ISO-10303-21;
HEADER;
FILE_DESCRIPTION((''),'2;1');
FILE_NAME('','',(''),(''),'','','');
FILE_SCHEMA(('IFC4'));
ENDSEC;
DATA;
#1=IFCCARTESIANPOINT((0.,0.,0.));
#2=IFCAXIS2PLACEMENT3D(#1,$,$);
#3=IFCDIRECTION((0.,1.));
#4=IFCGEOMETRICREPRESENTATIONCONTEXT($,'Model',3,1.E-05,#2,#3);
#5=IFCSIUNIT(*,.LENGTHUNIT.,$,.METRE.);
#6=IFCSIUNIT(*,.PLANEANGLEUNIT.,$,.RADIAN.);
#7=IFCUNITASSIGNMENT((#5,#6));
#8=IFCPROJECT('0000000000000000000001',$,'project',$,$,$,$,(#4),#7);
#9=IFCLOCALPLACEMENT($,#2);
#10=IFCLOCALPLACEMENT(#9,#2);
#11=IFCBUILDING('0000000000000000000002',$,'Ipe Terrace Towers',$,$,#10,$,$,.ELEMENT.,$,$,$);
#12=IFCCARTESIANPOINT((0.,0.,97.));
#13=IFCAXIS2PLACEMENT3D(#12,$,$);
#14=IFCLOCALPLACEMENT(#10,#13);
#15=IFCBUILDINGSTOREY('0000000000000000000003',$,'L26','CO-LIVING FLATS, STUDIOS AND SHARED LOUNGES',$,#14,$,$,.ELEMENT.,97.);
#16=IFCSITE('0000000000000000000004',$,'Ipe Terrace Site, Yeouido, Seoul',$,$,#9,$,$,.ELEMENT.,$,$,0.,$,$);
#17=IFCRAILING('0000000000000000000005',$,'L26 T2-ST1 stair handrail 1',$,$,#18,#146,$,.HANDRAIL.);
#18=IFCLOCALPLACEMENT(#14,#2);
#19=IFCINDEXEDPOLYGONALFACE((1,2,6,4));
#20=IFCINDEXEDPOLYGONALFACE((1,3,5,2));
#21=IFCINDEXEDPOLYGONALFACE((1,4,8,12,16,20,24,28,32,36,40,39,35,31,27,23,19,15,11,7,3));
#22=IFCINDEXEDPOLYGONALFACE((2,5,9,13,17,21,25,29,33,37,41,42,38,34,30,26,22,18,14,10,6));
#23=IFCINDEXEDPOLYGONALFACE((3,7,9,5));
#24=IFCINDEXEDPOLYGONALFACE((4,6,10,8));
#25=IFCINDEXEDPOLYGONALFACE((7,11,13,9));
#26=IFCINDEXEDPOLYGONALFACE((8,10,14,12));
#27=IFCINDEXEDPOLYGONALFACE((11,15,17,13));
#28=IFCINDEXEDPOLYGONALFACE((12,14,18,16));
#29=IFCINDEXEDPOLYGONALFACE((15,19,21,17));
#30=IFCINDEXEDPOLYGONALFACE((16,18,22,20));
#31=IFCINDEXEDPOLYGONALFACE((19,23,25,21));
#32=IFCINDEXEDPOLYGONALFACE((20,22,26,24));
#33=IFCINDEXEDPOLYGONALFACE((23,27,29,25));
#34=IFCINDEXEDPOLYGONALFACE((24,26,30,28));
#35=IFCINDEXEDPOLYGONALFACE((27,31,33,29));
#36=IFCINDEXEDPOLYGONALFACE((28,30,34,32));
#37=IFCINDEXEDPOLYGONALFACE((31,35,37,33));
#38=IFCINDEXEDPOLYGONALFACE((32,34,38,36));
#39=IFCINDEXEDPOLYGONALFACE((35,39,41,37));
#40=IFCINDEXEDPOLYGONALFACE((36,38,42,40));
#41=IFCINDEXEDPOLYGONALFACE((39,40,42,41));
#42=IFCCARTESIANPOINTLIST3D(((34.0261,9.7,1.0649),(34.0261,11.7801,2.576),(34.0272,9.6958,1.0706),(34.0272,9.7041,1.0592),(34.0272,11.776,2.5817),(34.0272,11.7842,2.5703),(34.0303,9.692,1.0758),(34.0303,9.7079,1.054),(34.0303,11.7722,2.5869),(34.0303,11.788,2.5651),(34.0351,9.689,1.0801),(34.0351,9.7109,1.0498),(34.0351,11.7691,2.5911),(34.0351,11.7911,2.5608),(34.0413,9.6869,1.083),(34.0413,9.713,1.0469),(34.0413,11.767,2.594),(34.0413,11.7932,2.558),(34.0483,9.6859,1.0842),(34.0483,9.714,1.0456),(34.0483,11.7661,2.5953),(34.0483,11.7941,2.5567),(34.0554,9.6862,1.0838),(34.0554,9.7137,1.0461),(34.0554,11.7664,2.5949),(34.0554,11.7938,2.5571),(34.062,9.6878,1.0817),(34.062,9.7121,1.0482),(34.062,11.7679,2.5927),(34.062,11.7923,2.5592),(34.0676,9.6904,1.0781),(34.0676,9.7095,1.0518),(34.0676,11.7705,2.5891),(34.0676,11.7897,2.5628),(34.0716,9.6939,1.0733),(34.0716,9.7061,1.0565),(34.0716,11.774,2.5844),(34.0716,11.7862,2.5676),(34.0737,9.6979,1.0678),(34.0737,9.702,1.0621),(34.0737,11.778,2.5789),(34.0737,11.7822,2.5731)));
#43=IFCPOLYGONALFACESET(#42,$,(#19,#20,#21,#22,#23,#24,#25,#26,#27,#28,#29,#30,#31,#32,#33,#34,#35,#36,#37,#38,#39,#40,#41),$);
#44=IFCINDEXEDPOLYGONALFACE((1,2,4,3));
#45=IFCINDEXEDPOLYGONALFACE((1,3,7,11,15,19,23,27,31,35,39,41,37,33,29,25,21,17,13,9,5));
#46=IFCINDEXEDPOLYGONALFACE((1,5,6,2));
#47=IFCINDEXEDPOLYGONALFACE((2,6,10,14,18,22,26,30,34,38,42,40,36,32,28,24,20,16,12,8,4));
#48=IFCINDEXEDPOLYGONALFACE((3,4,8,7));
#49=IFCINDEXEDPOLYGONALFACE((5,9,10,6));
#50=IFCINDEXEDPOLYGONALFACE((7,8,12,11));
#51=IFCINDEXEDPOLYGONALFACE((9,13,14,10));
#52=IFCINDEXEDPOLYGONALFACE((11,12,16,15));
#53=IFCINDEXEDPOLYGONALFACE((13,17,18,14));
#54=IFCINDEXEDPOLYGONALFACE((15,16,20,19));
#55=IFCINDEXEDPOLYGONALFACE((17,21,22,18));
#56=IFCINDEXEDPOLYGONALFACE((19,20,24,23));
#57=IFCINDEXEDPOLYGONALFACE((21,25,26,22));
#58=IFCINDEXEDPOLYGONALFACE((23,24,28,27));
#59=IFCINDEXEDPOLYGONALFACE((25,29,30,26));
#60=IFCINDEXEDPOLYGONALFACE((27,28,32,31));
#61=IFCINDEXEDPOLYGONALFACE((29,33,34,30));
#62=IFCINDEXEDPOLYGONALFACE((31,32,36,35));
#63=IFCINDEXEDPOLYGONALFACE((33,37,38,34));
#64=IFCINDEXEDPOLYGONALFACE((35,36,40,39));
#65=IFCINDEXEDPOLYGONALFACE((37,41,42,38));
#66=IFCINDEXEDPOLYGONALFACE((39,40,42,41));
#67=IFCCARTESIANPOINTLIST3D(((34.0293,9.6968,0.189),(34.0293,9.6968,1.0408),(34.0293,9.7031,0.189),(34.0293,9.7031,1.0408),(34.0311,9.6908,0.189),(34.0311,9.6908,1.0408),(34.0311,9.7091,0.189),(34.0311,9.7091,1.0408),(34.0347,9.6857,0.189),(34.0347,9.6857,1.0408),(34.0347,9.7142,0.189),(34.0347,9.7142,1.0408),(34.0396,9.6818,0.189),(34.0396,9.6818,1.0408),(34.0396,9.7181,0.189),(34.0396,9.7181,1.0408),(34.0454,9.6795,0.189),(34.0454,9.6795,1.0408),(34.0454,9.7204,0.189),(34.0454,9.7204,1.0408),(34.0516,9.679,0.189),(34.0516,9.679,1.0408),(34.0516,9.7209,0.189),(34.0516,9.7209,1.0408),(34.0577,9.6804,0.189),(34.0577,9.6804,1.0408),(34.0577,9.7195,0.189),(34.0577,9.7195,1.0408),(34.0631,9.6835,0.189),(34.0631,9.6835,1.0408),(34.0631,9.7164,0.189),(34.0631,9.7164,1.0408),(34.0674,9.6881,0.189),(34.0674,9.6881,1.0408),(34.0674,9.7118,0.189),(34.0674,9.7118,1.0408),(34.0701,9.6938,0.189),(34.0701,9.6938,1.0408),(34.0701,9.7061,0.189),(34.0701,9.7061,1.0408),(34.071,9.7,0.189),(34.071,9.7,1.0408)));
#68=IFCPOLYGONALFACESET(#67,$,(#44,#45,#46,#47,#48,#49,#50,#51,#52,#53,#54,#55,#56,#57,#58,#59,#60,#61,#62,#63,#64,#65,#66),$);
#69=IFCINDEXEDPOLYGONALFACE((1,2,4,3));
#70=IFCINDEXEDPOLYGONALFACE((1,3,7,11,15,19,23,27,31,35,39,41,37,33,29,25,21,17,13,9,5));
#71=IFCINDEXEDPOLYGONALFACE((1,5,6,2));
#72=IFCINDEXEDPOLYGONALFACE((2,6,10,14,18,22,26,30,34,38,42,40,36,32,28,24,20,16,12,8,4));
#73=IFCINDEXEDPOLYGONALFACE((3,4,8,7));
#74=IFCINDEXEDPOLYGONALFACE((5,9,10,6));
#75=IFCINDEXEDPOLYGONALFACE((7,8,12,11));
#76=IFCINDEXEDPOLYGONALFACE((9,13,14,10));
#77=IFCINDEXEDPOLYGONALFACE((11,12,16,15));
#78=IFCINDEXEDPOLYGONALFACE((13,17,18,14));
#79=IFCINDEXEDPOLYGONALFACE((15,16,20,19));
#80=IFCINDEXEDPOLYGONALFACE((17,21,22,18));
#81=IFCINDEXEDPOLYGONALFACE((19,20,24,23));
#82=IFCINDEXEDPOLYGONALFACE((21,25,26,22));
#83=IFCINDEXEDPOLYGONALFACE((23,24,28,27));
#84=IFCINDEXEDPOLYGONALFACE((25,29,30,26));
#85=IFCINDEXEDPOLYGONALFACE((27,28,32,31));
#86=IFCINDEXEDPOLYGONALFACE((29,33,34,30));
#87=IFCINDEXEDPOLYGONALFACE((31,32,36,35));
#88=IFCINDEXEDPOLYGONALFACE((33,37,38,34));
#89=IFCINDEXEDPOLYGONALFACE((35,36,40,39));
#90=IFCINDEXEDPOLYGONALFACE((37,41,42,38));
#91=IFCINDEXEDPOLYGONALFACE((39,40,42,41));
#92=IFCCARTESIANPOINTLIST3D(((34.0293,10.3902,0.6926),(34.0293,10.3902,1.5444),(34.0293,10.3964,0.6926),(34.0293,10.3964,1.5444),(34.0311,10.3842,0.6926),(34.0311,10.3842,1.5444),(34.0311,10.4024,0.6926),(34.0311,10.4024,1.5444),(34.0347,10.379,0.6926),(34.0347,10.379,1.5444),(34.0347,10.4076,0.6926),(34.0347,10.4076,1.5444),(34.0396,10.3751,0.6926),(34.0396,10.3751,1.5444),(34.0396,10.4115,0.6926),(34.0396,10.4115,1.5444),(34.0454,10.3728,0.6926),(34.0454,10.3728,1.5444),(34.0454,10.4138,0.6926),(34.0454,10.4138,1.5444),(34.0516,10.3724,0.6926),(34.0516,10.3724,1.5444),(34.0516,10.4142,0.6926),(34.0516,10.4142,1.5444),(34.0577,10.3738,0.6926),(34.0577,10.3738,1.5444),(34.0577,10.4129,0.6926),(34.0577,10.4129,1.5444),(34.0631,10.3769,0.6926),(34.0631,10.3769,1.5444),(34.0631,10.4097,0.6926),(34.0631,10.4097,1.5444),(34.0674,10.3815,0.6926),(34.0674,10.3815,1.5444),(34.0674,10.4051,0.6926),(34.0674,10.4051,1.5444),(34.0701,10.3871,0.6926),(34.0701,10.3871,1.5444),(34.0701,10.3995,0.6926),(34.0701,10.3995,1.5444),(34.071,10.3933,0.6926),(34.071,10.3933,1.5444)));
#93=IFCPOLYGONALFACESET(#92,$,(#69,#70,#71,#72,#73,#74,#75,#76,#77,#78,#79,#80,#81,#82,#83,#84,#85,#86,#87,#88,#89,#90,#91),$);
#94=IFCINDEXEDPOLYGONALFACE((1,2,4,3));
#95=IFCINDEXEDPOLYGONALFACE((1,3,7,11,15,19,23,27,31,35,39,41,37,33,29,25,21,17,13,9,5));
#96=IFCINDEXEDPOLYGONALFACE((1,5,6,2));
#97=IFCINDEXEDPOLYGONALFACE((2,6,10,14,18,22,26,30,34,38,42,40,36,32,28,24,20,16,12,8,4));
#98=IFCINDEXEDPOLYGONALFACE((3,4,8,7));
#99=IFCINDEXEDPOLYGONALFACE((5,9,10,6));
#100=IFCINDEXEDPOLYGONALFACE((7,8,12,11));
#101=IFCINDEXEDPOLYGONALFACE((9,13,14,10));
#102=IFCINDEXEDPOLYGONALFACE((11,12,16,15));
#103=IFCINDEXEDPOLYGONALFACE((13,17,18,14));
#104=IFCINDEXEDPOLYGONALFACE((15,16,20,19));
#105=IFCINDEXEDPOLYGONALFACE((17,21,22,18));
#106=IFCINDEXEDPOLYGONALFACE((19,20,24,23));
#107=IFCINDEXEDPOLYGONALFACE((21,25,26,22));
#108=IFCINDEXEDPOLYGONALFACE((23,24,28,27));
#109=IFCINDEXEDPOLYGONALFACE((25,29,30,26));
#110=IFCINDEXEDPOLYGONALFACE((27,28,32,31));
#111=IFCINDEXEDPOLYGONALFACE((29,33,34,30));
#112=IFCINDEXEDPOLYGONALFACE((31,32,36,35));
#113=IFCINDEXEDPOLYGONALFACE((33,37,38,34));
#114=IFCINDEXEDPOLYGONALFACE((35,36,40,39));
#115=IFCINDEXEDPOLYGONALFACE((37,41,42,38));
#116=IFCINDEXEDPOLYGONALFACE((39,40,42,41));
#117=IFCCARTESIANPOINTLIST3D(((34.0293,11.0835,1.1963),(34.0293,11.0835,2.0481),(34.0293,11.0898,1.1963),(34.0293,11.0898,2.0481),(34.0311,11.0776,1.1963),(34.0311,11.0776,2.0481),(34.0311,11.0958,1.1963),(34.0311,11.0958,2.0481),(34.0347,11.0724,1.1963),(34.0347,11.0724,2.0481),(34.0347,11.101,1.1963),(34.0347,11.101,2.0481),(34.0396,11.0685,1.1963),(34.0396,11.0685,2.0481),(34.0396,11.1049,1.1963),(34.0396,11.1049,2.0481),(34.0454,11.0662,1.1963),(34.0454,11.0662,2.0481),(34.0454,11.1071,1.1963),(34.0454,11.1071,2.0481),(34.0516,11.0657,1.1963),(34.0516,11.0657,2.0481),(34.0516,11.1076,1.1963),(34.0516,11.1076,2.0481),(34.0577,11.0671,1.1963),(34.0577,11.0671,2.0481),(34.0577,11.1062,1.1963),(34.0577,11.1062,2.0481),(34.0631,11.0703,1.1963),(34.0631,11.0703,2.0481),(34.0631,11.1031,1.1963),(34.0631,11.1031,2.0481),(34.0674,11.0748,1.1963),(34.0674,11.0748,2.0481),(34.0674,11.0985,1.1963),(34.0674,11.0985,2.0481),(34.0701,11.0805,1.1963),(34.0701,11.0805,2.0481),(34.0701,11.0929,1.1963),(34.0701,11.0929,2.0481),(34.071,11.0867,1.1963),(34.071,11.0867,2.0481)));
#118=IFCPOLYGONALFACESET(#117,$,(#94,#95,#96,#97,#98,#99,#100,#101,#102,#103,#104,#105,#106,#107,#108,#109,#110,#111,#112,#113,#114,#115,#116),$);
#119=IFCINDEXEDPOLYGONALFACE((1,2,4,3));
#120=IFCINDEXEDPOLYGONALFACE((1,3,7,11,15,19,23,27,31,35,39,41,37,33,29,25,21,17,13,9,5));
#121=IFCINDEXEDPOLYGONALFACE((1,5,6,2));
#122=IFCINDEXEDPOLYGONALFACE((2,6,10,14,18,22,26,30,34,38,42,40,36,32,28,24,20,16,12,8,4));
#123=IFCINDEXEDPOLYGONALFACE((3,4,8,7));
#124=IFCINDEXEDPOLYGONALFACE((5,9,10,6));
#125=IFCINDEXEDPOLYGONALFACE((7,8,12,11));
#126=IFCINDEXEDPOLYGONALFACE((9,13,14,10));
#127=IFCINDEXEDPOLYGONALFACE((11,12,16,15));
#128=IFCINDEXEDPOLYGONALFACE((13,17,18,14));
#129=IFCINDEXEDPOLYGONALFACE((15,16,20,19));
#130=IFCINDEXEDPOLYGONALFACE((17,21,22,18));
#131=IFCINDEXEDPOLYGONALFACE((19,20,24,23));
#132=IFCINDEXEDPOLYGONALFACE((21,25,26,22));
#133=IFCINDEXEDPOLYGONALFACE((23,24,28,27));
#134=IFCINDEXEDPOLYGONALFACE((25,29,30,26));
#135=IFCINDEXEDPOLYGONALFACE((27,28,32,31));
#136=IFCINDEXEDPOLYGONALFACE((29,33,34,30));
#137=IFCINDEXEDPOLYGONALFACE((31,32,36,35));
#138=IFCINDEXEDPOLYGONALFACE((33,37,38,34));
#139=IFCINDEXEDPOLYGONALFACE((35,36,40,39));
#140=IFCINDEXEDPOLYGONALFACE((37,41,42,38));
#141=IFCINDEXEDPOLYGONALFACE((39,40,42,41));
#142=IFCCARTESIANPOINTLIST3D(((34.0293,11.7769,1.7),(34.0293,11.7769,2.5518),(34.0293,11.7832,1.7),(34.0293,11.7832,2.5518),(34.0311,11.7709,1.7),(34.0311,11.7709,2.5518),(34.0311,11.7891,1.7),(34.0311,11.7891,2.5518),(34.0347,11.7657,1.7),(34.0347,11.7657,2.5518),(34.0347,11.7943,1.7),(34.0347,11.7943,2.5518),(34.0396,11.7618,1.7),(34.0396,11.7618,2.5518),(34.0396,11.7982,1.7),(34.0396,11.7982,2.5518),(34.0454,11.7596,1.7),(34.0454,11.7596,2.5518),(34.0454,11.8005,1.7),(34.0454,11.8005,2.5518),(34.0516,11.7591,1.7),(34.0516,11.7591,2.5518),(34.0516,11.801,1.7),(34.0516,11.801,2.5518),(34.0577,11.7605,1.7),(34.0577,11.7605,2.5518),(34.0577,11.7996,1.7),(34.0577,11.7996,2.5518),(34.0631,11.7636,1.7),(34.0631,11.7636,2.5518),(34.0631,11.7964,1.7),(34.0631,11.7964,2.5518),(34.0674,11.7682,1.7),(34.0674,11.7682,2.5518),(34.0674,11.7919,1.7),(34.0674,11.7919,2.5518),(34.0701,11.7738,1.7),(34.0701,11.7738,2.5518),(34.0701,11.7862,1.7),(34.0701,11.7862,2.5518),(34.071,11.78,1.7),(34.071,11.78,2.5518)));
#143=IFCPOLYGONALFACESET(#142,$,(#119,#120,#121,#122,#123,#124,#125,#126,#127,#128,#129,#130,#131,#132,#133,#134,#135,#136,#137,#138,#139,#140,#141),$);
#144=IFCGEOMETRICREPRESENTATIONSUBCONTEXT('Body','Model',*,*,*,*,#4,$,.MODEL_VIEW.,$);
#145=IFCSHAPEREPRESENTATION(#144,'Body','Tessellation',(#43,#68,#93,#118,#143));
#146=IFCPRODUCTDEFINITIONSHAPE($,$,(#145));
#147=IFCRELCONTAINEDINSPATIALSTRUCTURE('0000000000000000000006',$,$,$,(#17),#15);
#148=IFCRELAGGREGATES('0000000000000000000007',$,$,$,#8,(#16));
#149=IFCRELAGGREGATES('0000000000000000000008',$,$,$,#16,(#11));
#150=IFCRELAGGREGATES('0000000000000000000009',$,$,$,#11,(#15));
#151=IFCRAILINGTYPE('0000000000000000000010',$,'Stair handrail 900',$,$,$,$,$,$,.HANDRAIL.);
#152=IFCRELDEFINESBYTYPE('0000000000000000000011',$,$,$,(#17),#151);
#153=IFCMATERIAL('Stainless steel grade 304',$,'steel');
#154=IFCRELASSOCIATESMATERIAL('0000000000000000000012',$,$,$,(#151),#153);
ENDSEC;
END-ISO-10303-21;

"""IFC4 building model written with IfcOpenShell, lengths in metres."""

from ifc_helpers import new_model, si_unit, direction, frame, origin, origin_2d, place, context, subcontext, project, spatial, circle, extrude, material, type_object, element, save


model = new_model("IFC4")

# Units and contexts
model_context = context("Model", 3, precision=1e-05, world=origin(), true_north=direction((0.0, 1.0)))
body_context = subcontext(model_context, "Body", "Model", "MODEL_VIEW")
ifc_project = project(units=[si_unit("LENGTHUNIT", "METRE"), si_unit("PLANEANGLEUNIT", "RADIAN")], contexts=[model_context])

# Site, building, storey
site_placement = place(None, origin())
site = spatial("IfcSite", under=ifc_project, at=site_placement, Name="Ipe Terrace Site, Yeouido, Seoul", CompositionType="ELEMENT", RefElevation=0.0)
building_placement = place(site_placement, origin())
building = spatial("IfcBuilding", under=site, at=building_placement, Name="Ipe Terrace Towers", CompositionType="ELEMENT")
storey_placement = place(building_placement, frame((0.0, 0.0, 97.0)))
storey = spatial("IfcBuildingStorey", under=building, at=storey_placement, Name="L26", Description="CO-LIVING FLATS, STUDIOS AND SHARED LOUNGES", CompositionType="ELEMENT", Elevation=97.0)

# Railing
ifc_material_1 = material(Name="Stainless steel grade 304", Category="steel")
railing_type_1 = type_object("IfcRailingType", Name="Stair handrail 900", PredefinedType="HANDRAIL", material=ifc_material_1)
railing_1_placement = place(storey_placement, frame((34.05, 9.7, 0.189)))
element("IfcRailing", 1, at=railing_1_placement, inside=storey, type_object=railing_type_1, Name="L26 T2-ST1 stair handrail 1", PredefinedType="HANDRAIL", context=body_context, shape_type="SweptSolid", body=[
    extrude(circle(Radius=0.0239, at=origin_2d()), frame((0.0, 0.0, 0.876), z_axis=(0.0, 0.809069, 0.587714), x_axis=(-1.0, 0.0, 0.0)), (0.0, 0.0, 1.0), 2.571),
    extrude(circle(Radius=0.021, at=origin_2d()), origin(), (0.0, 0.0, 1.0), 0.8518),
    extrude(circle(Radius=0.021, at=origin_2d()), frame((0.0, 0.6934, 0.5037)), (0.0, 0.0, 1.0), 0.8518),
    extrude(circle(Radius=0.021, at=origin_2d()), frame((0.0, 1.3867, 1.0073)), (0.0, 0.0, 1.0), 0.8518),
    extrude(circle(Radius=0.021, at=origin_2d()), frame((0.0, 2.0801, 1.511)), (0.0, 0.0, 1.0), 0.8518),
])

save(model, "model.ifc")
